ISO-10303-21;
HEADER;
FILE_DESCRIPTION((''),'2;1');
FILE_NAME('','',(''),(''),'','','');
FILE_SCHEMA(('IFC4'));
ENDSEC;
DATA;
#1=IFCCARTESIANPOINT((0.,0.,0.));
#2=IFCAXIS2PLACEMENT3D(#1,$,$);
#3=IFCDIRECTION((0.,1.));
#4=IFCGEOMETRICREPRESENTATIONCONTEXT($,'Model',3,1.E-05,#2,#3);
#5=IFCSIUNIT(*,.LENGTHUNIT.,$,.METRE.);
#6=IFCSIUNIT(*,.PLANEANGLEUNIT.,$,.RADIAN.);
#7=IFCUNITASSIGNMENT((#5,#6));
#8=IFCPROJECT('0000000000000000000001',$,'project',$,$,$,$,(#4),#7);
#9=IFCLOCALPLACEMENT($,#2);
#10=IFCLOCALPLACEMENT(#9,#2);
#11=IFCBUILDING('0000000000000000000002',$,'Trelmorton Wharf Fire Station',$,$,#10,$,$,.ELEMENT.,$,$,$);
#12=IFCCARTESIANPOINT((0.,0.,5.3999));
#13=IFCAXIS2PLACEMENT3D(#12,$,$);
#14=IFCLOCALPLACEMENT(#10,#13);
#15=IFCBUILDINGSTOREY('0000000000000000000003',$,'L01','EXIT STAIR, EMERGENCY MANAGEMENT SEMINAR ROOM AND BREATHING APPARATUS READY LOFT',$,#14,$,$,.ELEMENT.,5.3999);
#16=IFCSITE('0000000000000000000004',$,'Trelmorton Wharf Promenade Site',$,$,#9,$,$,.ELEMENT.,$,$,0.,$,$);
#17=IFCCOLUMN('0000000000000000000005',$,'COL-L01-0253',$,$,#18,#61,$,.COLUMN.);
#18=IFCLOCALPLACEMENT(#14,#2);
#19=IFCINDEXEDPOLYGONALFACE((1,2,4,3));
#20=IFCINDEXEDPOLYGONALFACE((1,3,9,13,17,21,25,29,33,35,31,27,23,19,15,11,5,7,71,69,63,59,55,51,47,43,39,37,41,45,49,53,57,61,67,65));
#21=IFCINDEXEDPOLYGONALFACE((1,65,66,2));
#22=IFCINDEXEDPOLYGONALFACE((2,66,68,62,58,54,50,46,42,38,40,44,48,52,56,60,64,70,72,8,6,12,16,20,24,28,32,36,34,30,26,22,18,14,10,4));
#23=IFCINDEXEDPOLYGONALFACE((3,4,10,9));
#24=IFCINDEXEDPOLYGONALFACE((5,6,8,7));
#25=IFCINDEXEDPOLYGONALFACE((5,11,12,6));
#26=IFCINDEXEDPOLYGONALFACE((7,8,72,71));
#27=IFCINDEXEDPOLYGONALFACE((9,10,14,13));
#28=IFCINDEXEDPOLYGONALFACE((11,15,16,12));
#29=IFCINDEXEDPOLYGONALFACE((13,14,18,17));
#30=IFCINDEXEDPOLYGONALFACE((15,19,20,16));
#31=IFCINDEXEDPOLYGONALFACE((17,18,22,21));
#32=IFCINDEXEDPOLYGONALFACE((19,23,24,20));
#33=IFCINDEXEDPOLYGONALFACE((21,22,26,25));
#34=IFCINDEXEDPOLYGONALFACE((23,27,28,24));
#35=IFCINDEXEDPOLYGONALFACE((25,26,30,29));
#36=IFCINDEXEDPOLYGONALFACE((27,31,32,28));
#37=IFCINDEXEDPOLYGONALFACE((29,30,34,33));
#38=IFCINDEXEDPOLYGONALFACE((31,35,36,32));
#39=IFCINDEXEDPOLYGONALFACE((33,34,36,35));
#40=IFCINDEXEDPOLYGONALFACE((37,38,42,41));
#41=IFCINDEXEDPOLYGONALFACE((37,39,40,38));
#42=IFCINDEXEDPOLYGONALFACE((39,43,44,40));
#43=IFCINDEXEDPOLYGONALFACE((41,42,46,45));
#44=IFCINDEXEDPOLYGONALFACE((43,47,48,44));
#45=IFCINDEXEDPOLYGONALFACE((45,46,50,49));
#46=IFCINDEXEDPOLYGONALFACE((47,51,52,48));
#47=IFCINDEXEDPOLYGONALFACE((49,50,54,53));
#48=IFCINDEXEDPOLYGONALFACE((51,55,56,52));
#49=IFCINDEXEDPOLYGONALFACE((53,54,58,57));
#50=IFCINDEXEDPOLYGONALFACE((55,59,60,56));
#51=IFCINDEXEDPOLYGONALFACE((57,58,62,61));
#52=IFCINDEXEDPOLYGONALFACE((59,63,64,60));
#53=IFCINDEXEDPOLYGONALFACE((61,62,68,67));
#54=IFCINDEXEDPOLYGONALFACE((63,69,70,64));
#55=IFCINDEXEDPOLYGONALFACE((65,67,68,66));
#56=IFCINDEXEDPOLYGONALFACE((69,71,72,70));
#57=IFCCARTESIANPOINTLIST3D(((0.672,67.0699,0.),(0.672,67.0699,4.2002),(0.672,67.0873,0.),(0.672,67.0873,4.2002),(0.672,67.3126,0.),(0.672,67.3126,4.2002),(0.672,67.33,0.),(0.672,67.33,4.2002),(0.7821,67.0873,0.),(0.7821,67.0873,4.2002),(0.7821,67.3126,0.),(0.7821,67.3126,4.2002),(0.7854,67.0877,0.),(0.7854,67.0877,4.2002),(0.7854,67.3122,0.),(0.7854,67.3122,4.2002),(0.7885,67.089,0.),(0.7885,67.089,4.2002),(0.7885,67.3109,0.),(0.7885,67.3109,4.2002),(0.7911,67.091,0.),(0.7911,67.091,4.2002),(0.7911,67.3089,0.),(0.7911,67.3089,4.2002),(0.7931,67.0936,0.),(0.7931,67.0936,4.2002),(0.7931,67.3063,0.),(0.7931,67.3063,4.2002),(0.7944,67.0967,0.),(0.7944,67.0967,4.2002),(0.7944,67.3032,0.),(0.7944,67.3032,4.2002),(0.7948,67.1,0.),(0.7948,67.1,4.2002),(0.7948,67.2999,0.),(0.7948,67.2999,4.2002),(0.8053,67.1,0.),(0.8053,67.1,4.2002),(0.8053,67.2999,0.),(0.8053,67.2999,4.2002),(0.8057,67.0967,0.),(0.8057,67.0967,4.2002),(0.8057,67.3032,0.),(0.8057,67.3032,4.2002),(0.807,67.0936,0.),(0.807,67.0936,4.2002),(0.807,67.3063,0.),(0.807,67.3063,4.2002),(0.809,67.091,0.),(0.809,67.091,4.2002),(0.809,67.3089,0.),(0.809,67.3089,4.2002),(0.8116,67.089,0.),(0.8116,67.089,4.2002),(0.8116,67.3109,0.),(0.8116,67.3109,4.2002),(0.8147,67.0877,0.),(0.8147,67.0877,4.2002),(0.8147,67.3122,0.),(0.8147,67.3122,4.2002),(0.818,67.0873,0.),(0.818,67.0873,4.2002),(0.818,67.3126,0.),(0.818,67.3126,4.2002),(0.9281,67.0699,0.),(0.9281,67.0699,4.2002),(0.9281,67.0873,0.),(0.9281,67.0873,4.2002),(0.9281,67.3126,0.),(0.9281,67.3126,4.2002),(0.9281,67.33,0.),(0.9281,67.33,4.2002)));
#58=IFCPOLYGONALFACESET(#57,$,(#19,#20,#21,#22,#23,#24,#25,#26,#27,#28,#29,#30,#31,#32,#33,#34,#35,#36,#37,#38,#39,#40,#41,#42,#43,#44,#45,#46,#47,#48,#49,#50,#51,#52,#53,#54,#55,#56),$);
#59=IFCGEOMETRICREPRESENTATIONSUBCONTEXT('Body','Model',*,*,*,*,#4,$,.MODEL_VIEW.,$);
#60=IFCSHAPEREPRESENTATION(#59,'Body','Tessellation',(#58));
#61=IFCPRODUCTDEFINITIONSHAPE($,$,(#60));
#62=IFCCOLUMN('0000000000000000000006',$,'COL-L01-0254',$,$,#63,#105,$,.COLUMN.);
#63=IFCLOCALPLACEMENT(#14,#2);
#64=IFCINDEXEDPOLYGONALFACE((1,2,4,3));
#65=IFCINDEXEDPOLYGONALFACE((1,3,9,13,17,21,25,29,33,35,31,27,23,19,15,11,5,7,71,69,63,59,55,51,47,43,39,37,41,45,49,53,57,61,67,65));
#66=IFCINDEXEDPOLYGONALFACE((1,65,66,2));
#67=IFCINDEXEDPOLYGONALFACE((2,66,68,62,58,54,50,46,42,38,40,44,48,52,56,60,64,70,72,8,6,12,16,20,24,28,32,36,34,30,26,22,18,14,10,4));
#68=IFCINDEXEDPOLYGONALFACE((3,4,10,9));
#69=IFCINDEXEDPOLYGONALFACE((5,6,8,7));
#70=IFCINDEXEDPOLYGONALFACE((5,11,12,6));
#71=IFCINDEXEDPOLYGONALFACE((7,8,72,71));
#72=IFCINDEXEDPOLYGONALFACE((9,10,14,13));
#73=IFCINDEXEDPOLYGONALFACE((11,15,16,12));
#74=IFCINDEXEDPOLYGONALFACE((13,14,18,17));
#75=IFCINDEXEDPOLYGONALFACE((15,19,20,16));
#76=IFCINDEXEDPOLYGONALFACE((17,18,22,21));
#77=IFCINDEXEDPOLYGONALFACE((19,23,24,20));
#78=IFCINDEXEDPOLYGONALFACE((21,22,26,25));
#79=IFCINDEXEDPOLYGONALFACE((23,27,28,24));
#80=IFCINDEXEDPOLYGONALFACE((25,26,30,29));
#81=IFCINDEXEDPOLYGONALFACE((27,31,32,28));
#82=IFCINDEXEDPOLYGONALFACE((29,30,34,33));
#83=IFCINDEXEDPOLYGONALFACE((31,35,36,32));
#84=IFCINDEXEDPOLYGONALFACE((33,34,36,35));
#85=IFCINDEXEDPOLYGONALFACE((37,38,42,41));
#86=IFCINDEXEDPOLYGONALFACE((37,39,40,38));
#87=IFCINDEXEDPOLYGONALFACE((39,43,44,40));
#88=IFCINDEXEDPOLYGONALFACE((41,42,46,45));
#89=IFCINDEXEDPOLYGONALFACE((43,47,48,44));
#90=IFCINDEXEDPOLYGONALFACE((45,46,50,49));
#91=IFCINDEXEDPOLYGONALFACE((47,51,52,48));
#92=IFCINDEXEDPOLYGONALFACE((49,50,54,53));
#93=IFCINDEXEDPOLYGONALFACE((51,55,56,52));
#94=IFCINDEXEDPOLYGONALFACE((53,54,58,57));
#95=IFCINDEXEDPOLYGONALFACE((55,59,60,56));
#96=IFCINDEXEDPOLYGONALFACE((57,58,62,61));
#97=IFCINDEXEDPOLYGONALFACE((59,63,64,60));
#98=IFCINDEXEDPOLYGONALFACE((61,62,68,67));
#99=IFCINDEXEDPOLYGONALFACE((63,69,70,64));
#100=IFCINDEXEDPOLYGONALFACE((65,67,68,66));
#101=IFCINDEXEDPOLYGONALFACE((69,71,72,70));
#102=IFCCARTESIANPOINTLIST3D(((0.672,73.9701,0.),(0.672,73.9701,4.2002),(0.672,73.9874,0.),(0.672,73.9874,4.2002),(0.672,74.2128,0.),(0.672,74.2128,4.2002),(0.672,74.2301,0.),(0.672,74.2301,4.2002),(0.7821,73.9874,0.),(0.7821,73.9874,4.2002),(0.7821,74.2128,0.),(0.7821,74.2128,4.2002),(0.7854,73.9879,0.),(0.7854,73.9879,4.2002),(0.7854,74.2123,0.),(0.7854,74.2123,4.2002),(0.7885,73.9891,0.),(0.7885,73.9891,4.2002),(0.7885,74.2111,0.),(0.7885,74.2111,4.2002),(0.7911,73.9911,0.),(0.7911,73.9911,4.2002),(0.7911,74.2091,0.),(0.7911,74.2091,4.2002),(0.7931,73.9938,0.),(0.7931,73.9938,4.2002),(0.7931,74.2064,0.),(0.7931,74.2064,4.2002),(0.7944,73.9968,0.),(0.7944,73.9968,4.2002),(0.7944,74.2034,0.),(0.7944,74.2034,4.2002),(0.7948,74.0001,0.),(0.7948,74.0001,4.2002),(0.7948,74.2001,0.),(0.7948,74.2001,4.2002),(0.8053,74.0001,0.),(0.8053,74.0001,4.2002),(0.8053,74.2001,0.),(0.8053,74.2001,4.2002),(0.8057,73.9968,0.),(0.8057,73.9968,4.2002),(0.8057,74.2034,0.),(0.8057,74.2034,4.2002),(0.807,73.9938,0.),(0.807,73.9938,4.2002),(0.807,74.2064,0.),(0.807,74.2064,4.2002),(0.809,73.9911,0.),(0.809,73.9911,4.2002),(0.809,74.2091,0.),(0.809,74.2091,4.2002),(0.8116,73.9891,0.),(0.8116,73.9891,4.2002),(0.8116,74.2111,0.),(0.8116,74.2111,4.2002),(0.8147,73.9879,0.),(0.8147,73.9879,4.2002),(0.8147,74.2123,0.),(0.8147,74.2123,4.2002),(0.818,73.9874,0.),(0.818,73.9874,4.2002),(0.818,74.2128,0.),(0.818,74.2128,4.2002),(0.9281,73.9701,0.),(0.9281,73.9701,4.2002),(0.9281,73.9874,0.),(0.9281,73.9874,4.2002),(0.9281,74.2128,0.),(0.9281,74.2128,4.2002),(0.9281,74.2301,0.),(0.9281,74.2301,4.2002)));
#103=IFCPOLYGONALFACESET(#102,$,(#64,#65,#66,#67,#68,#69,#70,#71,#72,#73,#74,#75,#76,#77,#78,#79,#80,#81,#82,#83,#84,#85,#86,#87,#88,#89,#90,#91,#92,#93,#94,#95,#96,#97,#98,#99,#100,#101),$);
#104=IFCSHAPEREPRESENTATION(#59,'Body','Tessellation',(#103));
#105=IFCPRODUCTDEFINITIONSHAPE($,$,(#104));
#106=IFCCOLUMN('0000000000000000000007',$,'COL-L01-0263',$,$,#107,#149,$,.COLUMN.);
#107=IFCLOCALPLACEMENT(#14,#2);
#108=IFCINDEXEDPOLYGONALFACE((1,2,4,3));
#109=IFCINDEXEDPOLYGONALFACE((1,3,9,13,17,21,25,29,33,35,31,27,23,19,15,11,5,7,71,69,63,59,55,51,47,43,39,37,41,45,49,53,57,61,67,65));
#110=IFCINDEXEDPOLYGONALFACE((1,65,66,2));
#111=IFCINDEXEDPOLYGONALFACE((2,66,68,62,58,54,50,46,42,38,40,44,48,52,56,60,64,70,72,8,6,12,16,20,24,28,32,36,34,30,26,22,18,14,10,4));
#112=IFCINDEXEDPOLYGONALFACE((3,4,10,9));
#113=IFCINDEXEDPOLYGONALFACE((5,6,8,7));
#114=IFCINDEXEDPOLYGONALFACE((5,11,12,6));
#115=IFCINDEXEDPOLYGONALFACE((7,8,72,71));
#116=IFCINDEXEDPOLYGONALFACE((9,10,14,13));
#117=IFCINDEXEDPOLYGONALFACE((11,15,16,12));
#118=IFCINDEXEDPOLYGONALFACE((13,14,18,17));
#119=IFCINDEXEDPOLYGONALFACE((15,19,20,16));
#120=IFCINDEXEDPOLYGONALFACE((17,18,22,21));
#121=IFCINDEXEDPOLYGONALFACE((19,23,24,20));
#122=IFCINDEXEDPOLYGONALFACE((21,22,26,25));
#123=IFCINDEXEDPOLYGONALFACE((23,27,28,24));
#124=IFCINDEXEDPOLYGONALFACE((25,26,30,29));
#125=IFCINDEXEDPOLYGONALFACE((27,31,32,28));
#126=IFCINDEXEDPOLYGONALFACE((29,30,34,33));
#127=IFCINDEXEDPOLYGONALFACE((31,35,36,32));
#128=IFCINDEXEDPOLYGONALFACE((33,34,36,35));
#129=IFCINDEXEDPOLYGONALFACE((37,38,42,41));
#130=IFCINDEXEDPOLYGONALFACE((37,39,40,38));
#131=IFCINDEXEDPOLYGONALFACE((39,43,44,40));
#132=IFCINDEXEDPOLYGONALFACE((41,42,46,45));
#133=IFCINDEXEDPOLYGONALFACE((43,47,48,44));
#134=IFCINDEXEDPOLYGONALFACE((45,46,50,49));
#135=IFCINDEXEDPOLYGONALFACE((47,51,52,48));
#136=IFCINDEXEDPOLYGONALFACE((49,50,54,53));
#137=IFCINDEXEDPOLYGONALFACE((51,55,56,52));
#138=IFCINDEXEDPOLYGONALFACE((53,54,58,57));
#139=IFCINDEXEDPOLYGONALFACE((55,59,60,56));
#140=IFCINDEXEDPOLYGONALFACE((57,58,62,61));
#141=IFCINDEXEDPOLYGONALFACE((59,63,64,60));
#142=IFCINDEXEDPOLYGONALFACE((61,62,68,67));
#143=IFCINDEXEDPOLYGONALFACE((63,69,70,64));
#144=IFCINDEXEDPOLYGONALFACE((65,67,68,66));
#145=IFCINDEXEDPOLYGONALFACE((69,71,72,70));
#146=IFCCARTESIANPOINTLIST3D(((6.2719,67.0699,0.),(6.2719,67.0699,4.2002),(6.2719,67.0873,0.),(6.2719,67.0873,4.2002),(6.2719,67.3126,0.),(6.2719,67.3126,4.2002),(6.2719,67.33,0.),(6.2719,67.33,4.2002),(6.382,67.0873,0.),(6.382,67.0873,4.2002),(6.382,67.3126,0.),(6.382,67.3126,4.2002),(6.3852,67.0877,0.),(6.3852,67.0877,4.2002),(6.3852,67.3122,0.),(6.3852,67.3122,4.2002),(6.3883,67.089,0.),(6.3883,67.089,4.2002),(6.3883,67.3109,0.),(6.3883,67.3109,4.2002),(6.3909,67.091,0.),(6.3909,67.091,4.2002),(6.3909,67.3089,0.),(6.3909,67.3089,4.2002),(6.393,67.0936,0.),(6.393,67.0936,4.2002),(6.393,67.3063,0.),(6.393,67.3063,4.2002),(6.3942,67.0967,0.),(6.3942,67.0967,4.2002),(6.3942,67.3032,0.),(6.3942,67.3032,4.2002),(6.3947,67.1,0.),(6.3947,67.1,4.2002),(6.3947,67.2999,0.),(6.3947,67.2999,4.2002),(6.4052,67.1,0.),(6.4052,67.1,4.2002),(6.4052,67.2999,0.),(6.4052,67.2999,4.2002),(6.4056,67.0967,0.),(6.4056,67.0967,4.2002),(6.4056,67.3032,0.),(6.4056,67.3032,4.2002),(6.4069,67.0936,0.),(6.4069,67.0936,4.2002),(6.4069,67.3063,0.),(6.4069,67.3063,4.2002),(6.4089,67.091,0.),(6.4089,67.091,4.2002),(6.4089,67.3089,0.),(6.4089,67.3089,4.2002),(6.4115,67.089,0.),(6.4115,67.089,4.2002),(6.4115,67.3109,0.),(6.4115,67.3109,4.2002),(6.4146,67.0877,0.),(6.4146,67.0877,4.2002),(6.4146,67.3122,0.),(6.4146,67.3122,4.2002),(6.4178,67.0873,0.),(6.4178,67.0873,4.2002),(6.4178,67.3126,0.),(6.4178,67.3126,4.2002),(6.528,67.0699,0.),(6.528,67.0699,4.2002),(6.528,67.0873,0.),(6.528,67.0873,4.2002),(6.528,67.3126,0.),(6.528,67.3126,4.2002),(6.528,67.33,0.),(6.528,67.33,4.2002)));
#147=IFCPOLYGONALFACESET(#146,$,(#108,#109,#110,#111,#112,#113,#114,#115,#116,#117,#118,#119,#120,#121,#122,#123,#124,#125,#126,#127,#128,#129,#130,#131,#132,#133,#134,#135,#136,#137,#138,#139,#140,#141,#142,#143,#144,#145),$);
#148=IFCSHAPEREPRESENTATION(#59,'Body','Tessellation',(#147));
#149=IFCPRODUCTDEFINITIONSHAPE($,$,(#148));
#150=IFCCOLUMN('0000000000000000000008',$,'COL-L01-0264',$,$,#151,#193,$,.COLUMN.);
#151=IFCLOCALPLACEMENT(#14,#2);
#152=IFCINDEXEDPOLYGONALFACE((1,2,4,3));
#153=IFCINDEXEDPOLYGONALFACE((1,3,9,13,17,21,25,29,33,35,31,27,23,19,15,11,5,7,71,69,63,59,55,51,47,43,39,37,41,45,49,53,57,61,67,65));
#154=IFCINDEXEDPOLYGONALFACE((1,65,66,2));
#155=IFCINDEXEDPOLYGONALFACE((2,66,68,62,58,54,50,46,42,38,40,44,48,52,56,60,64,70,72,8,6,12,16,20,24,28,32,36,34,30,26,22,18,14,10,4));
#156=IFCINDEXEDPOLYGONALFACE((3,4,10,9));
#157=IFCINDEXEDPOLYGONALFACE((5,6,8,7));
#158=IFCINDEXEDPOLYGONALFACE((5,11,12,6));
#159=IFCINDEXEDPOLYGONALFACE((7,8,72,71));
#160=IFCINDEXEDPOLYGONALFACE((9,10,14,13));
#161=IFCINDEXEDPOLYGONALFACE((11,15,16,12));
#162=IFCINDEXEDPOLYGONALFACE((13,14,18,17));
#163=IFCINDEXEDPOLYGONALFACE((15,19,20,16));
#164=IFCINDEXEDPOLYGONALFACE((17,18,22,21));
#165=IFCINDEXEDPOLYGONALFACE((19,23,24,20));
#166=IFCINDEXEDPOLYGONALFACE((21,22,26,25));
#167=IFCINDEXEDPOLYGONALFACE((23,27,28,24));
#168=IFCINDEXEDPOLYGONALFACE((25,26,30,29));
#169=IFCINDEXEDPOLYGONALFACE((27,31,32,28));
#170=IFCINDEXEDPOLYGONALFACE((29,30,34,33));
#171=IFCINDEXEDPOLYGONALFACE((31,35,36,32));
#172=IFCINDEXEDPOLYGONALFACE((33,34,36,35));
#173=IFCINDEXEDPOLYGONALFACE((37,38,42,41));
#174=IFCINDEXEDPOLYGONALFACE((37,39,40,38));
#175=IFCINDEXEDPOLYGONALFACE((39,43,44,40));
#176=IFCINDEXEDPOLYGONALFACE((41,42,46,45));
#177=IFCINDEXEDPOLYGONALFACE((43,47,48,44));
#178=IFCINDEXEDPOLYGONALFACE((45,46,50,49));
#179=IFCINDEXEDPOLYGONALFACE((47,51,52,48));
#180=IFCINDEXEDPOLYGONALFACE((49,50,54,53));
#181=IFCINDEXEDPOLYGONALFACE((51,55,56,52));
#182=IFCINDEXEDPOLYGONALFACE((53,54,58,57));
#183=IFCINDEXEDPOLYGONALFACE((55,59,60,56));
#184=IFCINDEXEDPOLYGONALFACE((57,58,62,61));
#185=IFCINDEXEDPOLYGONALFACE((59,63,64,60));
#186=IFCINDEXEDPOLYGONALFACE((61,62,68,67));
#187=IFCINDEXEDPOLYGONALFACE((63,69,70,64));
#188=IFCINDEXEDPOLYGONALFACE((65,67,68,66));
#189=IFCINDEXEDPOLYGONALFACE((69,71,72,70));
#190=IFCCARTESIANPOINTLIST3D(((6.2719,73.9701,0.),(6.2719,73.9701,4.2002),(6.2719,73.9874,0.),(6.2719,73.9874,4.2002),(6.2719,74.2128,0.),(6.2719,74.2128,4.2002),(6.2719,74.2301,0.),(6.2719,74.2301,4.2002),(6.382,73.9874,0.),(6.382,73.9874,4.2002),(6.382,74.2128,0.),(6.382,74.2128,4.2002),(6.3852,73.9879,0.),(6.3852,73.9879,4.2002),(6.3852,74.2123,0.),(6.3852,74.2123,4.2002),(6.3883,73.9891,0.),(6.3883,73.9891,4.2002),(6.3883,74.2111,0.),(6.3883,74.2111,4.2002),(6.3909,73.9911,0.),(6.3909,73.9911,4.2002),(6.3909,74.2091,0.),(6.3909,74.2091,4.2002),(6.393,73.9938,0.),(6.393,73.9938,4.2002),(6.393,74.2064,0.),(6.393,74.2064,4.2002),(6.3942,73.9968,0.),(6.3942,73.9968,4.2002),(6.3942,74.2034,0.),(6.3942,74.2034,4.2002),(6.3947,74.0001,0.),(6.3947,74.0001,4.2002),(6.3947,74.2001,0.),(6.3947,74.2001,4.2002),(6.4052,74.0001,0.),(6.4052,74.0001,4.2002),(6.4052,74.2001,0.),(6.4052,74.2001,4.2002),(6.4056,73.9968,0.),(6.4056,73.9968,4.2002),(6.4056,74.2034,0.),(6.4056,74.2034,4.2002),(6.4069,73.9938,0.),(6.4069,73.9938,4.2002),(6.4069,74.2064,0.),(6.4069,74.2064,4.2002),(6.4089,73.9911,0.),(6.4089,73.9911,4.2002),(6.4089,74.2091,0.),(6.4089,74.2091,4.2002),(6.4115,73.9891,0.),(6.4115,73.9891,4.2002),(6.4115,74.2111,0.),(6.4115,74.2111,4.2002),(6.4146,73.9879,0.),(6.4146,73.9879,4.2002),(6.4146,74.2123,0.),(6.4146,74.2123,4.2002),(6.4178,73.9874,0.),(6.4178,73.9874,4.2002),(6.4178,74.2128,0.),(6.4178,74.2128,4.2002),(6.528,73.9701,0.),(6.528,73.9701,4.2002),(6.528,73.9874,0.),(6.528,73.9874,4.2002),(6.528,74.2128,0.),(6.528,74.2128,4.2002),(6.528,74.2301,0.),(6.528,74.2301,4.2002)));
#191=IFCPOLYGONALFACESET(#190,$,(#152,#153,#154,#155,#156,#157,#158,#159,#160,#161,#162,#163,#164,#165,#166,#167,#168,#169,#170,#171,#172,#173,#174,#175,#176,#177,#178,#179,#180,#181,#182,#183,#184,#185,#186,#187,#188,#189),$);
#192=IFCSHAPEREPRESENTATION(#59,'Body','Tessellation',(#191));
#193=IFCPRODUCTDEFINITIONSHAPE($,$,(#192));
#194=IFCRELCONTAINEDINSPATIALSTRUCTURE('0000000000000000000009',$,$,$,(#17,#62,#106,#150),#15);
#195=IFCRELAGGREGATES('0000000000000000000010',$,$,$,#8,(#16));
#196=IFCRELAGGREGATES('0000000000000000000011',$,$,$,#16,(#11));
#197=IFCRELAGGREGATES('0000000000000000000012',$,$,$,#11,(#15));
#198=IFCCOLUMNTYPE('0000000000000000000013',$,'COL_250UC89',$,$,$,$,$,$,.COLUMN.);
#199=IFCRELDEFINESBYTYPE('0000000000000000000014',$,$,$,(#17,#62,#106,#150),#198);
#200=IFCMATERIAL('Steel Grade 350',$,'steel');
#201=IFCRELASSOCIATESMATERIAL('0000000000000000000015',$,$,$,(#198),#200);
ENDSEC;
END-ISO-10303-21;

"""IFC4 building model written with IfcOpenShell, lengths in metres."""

from ifc_helpers import new_model, si_unit, direction, frame, origin, origin_2d, place, context, subcontext, project, spatial, i_section, extrude, material, material_profile, profile_set, type_object, element, save


model = new_model("IFC4")

# Units and contexts
model_context = context("Model", 3, precision=1e-05, world=origin(), true_north=direction((0.0, 1.0)))
body_context = subcontext(model_context, "Body", "Model", "MODEL_VIEW")
ifc_project = project(units=[si_unit("LENGTHUNIT", "METRE"), si_unit("PLANEANGLEUNIT", "RADIAN")], contexts=[model_context])

# Site, building, storey
site_placement = place(None, origin())
site = spatial("IfcSite", under=ifc_project, at=site_placement, Name="Trelmorton Wharf Promenade Site", CompositionType="ELEMENT", RefElevation=0.0)
building_placement = place(site_placement, origin())
building = spatial("IfcBuilding", under=site, at=building_placement, Name="Trelmorton Wharf Fire Station", CompositionType="ELEMENT")
storey_placement = place(building_placement, frame((0.0, 0.0, 5.3999)))
storey = spatial("IfcBuildingStorey", under=building, at=storey_placement, Name="L01", Description="EXIT STAIR, EMERGENCY MANAGEMENT SEMINAR ROOM AND BREATHING APPARATUS READY LOFT", CompositionType="ELEMENT", Elevation=5.3999)

# Columns
ifc_material_1 = material(Name="Steel Grade 350", Category="steel")
ifc_material_profile_1 = material_profile(ifc_material_1, i_section(OverallWidth=0.2561, OverallDepth=0.26, WebThickness=0.0105, FlangeThickness=0.0173, FilletRadius=0.0127, at=origin_2d()), Name="250UC89.5")
ifc_profile_set_1 = profile_set([ifc_material_profile_1], Name="Steel Grade 350")
column_type = type_object("IfcColumnType", Name="COL_250UC89", PredefinedType="COLUMN", material=ifc_profile_set_1)
for number, where, z_axis, x_axis, name in (
    (1, (0.8, 67.2, 0.0), (0.0, 0.0, 1.0), (1.0, 0.0, 0.0), "COL-L01-0253"),
    (2, (0.8, 74.1001, 0.0), (0.0, 0.0, 1.0), (1.0, 0.0, 0.0), "COL-L01-0254"),
    (3, (6.3999, 67.2, 0.0), (0.0, 0.0, 1.0), (1.0, 0.0, 0.0), "COL-L01-0263"),
    (4, (6.3999, 74.1001, 0.0), (0.0, 0.0, 1.0), (1.0, 0.0, 0.0), "COL-L01-0264"),
):
    element("IfcColumn", number, at=place(storey_placement, frame(where, z_axis=z_axis, x_axis=x_axis)), inside=storey, type_object=column_type, Name=name, PredefinedType="COLUMN", context=body_context, shape_type="SweptSolid", body=[
        extrude(i_section(OverallWidth=0.2561, OverallDepth=0.26, WebThickness=0.0105, FlangeThickness=0.0173, FilletRadius=0.0127, at=origin_2d()), origin(), (0.0, 0.0, 1.0), 4.2002),
    ])

save(model, "model.ifc")
